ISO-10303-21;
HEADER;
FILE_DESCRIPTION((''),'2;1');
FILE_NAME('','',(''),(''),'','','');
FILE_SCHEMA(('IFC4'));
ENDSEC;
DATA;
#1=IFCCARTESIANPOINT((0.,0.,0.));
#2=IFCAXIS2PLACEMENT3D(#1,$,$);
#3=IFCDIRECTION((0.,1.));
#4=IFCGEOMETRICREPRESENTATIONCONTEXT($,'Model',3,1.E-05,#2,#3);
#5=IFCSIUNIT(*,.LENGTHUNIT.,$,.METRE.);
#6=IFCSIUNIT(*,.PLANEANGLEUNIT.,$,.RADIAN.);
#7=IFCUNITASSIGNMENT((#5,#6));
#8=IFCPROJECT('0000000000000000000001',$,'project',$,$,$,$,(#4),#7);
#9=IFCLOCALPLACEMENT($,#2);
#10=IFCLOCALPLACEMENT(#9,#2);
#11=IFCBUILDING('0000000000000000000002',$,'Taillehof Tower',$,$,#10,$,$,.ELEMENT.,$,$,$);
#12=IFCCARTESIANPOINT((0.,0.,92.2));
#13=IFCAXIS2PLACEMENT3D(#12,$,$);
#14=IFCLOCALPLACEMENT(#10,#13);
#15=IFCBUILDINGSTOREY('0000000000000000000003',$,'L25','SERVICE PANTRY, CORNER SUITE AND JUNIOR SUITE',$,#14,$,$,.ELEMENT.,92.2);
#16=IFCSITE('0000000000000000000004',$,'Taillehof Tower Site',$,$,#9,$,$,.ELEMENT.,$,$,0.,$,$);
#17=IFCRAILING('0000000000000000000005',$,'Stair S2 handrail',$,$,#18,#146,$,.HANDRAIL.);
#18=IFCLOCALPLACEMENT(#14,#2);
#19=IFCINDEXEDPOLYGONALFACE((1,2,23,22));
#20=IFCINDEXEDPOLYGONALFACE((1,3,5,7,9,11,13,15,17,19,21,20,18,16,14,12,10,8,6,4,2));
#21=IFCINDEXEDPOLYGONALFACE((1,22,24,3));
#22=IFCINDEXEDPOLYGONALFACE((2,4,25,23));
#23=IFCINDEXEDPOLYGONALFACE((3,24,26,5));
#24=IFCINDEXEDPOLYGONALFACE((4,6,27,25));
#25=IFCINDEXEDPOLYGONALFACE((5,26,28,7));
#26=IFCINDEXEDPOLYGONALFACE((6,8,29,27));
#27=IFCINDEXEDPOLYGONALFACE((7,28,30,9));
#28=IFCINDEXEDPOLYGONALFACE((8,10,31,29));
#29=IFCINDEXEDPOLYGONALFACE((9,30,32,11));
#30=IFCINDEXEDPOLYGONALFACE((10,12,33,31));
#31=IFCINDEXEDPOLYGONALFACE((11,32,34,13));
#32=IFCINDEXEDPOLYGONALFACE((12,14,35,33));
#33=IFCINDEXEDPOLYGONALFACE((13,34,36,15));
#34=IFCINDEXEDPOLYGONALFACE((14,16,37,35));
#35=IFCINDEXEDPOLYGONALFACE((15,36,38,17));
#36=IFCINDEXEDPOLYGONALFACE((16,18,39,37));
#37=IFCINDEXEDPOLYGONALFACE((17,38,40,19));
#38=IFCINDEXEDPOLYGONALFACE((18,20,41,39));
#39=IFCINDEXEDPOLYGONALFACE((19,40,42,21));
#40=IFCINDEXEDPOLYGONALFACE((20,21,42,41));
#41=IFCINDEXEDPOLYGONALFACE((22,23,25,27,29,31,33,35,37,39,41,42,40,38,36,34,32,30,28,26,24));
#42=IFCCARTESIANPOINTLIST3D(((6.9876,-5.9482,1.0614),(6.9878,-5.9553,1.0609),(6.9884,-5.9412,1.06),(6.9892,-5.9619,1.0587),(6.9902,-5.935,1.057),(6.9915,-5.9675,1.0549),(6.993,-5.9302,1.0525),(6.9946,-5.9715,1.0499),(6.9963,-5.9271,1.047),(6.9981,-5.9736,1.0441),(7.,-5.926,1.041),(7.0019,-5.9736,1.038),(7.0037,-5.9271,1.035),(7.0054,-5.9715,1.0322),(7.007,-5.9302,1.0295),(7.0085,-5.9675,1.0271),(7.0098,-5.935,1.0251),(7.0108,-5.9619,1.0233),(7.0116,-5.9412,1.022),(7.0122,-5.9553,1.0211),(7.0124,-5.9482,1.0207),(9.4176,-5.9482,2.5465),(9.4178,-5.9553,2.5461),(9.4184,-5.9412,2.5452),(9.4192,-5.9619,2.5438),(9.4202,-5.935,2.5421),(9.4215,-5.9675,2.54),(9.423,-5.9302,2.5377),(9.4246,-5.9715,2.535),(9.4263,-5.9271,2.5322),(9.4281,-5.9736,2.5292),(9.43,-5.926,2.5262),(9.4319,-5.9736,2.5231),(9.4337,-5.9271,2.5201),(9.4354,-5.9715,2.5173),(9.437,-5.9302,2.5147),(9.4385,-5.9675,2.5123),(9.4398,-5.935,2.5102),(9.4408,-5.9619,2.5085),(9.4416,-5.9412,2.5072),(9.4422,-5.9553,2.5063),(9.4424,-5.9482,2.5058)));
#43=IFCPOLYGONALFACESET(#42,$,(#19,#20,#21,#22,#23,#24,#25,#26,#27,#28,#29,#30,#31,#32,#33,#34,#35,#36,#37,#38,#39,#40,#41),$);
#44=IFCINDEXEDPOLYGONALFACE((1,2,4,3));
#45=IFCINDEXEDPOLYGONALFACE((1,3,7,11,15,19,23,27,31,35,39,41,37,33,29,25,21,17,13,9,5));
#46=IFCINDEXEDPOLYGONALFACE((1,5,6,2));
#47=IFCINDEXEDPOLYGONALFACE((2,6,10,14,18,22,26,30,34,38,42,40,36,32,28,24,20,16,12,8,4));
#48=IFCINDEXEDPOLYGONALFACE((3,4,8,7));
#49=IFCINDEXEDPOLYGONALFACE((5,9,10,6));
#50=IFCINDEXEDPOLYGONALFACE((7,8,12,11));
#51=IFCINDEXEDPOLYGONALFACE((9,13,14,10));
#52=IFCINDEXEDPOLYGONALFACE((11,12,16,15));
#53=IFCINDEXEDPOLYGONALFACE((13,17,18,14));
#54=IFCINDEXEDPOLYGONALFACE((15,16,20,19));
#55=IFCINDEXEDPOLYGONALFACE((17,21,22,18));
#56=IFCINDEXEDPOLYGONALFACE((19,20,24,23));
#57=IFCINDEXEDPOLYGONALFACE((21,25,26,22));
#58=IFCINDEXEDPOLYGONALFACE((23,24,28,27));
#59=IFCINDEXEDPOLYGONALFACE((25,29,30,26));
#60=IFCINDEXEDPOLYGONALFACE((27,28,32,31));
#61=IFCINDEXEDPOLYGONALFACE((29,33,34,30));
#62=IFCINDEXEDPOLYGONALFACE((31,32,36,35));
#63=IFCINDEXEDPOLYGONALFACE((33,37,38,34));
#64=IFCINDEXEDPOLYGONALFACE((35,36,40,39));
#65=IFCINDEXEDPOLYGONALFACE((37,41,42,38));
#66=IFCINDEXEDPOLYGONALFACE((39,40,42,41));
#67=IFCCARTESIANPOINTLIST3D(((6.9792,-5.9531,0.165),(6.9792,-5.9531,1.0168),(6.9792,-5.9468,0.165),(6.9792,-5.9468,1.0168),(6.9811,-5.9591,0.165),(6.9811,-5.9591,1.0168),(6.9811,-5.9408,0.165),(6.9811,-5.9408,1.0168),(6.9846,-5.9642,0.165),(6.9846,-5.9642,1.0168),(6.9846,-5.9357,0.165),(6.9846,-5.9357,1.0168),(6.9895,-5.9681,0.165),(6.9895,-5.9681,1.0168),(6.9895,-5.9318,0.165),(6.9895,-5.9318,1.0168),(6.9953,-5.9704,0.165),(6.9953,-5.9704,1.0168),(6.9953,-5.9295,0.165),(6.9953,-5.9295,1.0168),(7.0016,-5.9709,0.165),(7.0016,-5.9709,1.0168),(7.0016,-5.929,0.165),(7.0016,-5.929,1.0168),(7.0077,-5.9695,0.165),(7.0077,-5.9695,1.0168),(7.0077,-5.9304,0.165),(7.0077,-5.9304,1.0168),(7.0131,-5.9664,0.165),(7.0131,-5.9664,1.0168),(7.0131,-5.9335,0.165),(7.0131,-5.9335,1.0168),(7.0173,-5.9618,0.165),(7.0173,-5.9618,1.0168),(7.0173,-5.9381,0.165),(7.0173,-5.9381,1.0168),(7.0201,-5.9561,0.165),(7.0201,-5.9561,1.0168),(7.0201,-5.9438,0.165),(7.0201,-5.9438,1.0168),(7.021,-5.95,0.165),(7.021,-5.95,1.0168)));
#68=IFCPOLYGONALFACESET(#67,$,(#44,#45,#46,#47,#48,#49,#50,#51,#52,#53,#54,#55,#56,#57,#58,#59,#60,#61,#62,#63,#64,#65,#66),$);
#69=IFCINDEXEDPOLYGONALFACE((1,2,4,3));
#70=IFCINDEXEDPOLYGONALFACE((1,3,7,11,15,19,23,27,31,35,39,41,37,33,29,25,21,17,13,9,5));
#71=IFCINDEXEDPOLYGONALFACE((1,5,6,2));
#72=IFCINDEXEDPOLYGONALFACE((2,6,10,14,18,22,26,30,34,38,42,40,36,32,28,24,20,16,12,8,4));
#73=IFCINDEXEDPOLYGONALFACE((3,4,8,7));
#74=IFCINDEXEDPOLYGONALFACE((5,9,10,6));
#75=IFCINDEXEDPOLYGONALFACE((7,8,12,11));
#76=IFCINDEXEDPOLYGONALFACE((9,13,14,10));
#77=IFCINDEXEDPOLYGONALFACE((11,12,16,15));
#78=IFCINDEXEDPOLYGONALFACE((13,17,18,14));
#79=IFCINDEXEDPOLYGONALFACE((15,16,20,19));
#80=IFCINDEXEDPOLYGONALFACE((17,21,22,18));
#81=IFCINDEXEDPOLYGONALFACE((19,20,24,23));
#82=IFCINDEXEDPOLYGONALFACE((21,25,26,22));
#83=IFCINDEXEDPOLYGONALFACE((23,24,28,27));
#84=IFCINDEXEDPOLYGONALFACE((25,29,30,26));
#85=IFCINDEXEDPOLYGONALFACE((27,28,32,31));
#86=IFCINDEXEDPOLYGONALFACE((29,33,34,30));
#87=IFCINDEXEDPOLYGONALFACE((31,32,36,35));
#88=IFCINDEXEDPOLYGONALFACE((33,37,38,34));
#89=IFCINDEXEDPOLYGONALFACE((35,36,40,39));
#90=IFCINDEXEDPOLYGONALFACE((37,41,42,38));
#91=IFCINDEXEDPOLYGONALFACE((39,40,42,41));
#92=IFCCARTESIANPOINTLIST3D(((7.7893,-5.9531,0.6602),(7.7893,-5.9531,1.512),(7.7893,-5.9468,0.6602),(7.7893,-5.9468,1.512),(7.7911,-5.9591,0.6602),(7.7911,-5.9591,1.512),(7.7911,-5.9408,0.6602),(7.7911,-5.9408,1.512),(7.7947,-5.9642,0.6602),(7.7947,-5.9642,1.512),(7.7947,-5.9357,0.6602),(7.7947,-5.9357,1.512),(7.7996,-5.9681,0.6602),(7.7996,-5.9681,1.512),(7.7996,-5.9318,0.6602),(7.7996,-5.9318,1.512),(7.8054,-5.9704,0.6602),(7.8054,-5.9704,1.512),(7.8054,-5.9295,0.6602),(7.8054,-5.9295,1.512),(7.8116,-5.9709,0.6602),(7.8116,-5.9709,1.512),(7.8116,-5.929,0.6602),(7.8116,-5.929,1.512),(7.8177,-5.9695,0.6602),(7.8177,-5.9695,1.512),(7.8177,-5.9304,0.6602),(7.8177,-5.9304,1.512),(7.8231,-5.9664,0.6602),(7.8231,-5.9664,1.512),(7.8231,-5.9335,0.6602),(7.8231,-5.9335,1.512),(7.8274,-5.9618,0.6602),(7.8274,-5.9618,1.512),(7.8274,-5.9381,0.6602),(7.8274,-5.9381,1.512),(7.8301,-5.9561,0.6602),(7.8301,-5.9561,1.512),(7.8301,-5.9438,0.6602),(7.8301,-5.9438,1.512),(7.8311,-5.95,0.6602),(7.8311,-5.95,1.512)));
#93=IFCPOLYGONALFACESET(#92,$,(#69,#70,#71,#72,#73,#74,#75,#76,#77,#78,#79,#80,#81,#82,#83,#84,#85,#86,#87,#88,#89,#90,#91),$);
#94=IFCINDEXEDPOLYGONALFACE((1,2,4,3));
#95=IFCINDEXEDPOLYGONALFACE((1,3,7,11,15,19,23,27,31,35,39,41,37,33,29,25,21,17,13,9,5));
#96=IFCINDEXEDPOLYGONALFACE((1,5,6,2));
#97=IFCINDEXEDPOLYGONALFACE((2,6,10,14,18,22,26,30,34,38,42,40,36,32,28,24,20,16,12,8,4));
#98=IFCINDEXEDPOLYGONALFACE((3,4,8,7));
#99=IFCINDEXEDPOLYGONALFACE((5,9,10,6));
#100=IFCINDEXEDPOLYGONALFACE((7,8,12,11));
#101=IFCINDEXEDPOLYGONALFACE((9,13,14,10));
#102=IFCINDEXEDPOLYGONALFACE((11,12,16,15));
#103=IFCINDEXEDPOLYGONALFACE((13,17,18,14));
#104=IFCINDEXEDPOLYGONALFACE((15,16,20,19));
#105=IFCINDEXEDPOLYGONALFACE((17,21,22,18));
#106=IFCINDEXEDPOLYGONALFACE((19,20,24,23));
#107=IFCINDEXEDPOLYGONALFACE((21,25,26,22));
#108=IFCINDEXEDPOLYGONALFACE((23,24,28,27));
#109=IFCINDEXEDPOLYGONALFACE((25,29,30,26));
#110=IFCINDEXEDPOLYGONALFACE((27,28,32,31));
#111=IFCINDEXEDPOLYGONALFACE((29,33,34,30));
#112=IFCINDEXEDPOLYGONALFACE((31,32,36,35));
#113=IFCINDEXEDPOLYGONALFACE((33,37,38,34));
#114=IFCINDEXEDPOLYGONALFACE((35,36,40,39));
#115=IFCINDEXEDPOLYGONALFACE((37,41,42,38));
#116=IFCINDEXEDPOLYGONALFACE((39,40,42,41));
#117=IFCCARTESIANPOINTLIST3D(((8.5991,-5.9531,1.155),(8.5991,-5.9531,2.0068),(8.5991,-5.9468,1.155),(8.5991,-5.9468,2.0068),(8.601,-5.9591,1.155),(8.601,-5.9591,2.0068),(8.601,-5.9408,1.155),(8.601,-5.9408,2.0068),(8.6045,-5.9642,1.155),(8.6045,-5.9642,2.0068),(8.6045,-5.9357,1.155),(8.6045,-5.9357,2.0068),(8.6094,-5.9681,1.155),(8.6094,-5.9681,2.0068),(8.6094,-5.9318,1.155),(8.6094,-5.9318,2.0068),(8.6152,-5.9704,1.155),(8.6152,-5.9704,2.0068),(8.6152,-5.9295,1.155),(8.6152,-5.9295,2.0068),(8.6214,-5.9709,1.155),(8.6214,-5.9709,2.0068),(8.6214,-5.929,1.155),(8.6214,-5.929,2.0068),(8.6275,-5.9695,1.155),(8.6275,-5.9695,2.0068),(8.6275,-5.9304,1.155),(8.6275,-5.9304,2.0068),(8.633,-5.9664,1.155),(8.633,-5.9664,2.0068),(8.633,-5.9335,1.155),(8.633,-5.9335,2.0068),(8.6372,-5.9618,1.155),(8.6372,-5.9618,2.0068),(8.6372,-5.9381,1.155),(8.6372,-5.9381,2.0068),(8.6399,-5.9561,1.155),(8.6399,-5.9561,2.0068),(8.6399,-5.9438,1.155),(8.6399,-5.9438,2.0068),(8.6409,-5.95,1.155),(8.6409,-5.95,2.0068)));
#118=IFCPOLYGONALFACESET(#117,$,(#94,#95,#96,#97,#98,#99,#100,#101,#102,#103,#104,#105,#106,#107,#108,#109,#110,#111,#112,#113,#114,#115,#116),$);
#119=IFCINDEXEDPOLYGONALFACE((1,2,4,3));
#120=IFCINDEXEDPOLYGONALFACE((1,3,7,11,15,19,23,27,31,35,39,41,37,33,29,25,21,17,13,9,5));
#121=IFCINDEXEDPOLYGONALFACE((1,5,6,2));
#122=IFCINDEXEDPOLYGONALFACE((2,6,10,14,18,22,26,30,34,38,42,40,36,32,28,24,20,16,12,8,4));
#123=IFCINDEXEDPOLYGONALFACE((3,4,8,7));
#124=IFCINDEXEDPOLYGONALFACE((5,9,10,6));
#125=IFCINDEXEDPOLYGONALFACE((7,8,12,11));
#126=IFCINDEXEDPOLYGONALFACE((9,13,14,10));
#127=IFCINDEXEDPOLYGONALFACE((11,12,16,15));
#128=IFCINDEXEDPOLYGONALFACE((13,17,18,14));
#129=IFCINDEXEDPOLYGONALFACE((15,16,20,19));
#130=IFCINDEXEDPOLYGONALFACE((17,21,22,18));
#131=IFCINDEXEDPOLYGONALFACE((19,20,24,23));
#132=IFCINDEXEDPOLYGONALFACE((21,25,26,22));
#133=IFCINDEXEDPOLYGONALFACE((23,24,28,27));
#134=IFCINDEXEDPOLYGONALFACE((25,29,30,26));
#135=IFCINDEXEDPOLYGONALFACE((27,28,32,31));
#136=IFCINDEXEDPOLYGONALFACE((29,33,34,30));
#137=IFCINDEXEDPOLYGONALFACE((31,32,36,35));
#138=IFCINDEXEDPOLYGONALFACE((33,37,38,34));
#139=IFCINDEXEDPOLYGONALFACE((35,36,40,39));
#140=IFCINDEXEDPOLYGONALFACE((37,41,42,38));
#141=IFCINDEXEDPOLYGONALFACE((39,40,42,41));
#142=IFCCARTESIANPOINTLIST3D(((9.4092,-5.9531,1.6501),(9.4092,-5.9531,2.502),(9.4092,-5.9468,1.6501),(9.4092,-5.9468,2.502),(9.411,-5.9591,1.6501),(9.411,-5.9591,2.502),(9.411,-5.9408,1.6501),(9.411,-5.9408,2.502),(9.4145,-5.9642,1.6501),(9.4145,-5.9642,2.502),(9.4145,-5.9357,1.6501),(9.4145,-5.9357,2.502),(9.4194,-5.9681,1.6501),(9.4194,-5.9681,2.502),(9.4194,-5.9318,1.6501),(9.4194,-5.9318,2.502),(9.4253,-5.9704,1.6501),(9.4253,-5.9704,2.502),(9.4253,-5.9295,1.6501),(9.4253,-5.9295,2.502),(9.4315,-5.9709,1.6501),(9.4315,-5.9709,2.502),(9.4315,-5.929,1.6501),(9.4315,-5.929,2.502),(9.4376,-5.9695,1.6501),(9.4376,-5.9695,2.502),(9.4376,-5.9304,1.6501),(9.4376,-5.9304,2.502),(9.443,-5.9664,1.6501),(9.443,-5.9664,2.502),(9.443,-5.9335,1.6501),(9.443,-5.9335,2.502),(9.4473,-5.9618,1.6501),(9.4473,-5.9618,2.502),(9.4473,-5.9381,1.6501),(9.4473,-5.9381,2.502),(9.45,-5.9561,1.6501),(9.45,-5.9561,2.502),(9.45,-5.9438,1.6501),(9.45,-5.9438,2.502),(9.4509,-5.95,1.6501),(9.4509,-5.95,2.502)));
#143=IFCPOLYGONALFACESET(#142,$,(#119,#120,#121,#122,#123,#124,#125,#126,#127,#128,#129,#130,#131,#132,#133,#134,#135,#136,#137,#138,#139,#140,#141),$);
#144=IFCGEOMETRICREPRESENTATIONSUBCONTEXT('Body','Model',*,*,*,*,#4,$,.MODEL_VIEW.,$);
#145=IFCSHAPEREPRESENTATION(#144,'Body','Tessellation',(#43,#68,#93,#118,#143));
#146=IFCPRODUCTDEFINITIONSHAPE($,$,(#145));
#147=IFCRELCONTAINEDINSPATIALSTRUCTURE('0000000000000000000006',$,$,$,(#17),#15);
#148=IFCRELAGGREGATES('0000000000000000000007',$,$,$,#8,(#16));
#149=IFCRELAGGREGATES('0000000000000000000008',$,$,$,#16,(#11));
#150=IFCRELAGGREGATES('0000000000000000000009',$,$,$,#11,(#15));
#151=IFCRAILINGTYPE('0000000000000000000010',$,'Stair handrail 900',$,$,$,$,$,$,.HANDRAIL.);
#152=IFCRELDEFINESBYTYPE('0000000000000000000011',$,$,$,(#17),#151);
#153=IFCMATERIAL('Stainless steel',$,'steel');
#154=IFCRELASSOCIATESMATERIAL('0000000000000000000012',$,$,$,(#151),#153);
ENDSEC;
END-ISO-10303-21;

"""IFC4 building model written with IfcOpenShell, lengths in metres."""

from ifc_helpers import new_model, si_unit, direction, frame, origin, origin_2d, place, context, subcontext, project, spatial, circle, extrude, material, type_object, element, save


model = new_model("IFC4")

# Units and contexts
model_context = context("Model", 3, precision=1e-05, world=origin(), true_north=direction((0.0, 1.0)))
body_context = subcontext(model_context, "Body", "Model", "MODEL_VIEW")
ifc_project = project(units=[si_unit("LENGTHUNIT", "METRE"), si_unit("PLANEANGLEUNIT", "RADIAN")], contexts=[model_context])

# Site, building, storey
site_placement = place(None, origin())
site = spatial("IfcSite", under=ifc_project, at=site_placement, Name="Taillehof Tower Site", CompositionType="ELEMENT", RefElevation=0.0)
building_placement = place(site_placement, origin())
building = spatial("IfcBuilding", under=site, at=building_placement, Name="Taillehof Tower", CompositionType="ELEMENT")
storey_placement = place(building_placement, frame((0.0, 0.0, 92.2)))
storey = spatial("IfcBuildingStorey", under=building, at=storey_placement, Name="L25", Description="SERVICE PANTRY, CORNER SUITE AND JUNIOR SUITE", CompositionType="ELEMENT", Elevation=92.2)

# Railing
ifc_material_1 = material(Name="Stainless steel", Category="steel")
railing_type = type_object("IfcRailingType", Name="Stair handrail 900", PredefinedType="HANDRAIL", material=ifc_material_1)
railing_1_placement = place(storey_placement, frame((7.0, -5.95, 0.165)))
element("IfcRailing", 1, at=railing_1_placement, inside=storey, type_object=railing_type, Name="Stair S2 handrail", PredefinedType="HANDRAIL", context=body_context, shape_type="SweptSolid", body=[
    extrude(circle(Radius=0.0239, at=origin_2d()), frame((0.0, 0.0, 0.876), z_axis=(0.853259, 0.0, 0.521488), x_axis=(0.0, 1.0, 0.0)), (0.0, 0.0, 1.0), 2.8479),
    extrude(circle(Radius=0.021, at=origin_2d()), origin(), (0.0, 0.0, 1.0), 0.8518),
    extrude(circle(Radius=0.021, at=origin_2d()), frame((0.8101, 0.0, 0.4951)), (0.0, 0.0, 1.0), 0.8518),
    extrude(circle(Radius=0.021, at=origin_2d()), frame((1.6199, 0.0, 0.99)), (0.0, 0.0, 1.0), 0.8518),
    extrude(circle(Radius=0.021, at=origin_2d()), frame((2.4299, 0.0, 1.4851)), (0.0, 0.0, 1.0), 0.8518),
])

save(model, "model.ifc")
